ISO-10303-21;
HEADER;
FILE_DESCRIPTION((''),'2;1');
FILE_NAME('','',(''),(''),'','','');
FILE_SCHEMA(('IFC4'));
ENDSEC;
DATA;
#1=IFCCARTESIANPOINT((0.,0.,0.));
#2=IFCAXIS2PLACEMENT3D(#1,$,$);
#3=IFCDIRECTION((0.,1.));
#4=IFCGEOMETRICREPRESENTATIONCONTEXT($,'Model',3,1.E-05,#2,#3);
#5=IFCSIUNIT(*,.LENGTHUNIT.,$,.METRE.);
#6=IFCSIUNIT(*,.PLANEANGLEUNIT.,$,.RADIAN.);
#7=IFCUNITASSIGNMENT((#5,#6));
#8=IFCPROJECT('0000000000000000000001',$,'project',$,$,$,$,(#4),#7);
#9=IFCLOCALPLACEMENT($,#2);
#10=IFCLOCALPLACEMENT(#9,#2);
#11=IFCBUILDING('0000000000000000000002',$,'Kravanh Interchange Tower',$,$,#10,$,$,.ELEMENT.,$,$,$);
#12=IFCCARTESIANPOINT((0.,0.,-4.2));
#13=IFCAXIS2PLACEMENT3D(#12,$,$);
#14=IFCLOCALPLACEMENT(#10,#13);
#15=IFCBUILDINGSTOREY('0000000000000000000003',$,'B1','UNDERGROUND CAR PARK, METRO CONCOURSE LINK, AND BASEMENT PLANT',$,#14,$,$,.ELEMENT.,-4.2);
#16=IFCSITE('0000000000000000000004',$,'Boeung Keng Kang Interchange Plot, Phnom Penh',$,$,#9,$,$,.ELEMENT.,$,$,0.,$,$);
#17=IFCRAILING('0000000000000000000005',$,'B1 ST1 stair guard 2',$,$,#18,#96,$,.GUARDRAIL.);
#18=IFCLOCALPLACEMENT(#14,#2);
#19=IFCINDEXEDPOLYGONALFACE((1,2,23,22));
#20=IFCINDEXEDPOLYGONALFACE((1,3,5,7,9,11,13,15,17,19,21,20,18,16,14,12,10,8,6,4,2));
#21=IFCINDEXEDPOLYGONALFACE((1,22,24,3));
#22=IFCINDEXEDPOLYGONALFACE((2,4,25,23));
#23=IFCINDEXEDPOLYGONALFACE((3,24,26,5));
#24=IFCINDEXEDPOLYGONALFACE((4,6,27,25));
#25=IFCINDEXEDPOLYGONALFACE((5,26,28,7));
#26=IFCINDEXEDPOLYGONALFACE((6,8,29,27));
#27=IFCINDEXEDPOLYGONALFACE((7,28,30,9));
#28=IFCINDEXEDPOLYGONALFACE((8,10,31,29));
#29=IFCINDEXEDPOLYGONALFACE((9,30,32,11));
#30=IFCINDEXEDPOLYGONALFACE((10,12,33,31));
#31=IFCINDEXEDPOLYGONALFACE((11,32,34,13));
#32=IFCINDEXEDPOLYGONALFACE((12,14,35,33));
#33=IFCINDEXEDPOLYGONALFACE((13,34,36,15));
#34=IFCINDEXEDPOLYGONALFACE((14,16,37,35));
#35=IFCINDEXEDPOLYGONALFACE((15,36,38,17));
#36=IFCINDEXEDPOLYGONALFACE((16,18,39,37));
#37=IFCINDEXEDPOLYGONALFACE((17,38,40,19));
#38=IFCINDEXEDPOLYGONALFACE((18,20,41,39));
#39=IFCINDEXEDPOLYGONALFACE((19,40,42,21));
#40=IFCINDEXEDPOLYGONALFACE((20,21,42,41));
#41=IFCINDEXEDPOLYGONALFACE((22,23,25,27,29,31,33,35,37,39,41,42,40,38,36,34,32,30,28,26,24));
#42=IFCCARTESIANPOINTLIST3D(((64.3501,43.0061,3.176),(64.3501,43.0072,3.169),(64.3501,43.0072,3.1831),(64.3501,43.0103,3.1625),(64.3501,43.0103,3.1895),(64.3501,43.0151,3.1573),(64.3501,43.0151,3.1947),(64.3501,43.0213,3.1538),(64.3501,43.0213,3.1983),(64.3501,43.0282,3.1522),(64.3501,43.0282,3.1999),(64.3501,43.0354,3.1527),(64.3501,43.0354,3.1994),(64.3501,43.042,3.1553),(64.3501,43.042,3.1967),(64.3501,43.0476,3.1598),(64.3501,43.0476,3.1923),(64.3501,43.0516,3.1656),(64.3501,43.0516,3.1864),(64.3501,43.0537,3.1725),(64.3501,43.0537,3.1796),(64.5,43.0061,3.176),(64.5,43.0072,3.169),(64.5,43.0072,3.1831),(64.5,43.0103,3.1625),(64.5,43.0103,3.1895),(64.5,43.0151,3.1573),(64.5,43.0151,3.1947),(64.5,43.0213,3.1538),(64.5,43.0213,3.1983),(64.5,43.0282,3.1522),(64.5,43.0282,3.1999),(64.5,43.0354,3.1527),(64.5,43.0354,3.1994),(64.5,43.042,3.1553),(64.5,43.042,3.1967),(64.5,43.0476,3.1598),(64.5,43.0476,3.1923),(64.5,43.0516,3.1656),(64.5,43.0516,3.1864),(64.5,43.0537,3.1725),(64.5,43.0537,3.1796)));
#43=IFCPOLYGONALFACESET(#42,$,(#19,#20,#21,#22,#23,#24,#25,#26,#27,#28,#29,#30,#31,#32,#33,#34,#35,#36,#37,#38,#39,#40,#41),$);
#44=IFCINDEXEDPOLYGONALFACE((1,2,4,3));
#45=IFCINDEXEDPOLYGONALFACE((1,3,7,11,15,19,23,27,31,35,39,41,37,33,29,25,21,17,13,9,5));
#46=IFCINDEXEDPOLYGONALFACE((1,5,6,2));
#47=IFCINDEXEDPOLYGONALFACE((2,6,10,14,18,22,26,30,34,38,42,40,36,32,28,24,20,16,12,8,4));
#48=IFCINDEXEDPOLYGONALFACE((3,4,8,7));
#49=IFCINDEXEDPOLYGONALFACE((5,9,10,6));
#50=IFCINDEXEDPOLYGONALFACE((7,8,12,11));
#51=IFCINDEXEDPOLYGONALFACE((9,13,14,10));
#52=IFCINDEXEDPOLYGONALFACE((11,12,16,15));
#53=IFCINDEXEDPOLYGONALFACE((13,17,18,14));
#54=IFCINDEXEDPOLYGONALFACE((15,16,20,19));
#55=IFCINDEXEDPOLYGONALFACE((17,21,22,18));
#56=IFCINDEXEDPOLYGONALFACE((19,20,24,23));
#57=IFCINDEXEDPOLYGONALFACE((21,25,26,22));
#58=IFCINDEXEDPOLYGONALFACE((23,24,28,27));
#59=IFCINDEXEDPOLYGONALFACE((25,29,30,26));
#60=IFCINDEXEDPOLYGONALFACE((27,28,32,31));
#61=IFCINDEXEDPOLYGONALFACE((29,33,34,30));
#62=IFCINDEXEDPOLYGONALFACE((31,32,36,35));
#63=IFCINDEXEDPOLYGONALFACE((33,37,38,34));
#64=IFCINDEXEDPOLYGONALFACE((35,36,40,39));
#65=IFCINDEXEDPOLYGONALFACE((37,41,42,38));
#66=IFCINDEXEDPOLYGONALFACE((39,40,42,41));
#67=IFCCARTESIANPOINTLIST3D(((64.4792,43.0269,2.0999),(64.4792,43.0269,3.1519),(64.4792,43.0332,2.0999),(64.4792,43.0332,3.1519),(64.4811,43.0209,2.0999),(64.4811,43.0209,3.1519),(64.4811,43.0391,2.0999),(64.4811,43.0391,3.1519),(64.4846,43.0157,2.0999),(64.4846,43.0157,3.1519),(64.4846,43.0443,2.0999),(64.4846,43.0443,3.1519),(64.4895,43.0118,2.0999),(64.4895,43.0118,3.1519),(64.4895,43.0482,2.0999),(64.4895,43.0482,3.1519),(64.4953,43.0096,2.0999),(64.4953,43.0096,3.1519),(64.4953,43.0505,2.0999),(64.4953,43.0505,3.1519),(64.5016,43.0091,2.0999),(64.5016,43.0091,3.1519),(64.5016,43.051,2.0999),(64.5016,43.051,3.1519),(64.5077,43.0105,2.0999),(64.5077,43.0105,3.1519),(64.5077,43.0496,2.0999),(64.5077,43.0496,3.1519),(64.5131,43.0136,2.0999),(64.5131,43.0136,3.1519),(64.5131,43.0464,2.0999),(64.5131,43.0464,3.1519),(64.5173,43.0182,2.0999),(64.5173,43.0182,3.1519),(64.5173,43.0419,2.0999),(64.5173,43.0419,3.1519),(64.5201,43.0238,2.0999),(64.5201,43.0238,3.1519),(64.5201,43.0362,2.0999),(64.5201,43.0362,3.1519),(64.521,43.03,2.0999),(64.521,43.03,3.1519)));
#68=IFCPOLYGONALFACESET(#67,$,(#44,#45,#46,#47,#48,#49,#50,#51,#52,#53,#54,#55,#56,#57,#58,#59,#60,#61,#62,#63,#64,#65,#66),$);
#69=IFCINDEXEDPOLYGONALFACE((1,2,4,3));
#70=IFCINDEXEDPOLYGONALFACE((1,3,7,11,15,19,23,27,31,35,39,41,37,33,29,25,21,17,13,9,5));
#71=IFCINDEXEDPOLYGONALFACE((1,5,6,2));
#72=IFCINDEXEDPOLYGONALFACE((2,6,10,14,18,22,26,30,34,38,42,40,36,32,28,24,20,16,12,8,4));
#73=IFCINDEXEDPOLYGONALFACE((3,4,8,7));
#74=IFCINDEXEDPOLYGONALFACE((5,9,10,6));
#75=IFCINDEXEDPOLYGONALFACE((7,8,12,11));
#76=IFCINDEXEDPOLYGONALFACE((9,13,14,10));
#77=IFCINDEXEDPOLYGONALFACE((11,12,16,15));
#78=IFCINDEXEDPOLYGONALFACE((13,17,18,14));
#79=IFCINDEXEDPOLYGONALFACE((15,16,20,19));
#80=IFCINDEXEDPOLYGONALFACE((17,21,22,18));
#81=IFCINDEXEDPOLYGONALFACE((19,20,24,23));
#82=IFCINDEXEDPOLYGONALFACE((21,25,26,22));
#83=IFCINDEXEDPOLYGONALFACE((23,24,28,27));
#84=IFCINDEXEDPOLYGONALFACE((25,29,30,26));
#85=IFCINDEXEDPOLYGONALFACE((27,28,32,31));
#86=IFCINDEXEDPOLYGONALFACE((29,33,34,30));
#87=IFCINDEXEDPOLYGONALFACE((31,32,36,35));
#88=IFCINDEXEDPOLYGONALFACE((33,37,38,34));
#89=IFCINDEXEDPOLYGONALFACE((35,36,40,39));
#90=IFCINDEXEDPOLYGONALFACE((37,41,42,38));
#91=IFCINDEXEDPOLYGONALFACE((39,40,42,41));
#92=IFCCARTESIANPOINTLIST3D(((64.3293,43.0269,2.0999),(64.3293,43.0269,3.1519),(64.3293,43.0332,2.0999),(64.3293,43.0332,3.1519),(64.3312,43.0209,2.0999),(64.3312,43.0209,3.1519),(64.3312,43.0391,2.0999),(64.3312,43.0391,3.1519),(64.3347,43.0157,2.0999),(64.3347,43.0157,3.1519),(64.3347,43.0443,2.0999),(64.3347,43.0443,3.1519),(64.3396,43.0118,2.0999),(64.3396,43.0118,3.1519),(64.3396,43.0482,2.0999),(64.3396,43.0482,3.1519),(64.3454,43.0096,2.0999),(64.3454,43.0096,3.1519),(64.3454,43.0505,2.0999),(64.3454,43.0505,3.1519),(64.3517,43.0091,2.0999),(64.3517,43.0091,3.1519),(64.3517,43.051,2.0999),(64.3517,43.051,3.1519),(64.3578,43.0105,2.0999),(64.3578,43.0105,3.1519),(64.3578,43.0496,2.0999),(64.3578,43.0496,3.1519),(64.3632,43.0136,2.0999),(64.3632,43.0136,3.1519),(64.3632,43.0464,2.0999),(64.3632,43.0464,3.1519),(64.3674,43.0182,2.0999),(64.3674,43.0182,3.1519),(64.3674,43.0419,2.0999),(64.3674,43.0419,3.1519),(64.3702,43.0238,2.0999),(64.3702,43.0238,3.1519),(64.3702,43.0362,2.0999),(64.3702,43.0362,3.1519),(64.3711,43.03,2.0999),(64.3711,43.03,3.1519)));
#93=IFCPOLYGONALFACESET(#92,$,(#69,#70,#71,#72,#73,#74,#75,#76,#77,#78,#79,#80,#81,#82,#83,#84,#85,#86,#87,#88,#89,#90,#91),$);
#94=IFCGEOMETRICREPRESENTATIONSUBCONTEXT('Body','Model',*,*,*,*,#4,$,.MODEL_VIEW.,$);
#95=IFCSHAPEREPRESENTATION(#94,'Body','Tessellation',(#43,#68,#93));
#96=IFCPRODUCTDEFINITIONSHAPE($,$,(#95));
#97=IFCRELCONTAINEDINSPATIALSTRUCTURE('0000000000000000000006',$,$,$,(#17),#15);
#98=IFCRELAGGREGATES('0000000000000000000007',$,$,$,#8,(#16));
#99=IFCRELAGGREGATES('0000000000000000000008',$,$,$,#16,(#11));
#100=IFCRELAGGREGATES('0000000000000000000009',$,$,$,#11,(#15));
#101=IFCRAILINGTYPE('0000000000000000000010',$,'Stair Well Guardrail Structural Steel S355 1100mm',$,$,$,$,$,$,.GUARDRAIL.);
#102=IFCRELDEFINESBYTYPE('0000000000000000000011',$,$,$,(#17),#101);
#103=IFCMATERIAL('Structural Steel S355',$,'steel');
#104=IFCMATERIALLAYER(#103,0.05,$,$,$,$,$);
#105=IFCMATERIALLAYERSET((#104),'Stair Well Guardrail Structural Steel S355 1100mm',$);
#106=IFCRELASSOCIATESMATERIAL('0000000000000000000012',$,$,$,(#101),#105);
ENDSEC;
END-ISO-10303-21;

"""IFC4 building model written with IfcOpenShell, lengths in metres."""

from ifc_helpers import new_model, si_unit, direction, frame, origin, origin_2d, place, context, subcontext, project, spatial, circle, extrude, material, layer, layer_set, type_object, element, save


model = new_model("IFC4")

# Units and contexts
model_context = context("Model", 3, precision=1e-05, world=origin(), true_north=direction((0.0, 1.0)))
body_context = subcontext(model_context, "Body", "Model", "MODEL_VIEW")
ifc_project = project(units=[si_unit("LENGTHUNIT", "METRE"), si_unit("PLANEANGLEUNIT", "RADIAN")], contexts=[model_context])

# Site, building, storey
site_placement = place(None, origin())
site = spatial("IfcSite", under=ifc_project, at=site_placement, Name="Boeung Keng Kang Interchange Plot, Phnom Penh", CompositionType="ELEMENT", RefElevation=0.0)
building_placement = place(site_placement, origin())
building = spatial("IfcBuilding", under=site, at=building_placement, Name="Kravanh Interchange Tower", CompositionType="ELEMENT")
storey_placement = place(building_placement, frame((0.0, 0.0, -4.2)))
storey = spatial("IfcBuildingStorey", under=building, at=storey_placement, Name="B1", Description="UNDERGROUND CAR PARK, METRO CONCOURSE LINK, AND BASEMENT PLANT", CompositionType="ELEMENT", Elevation=-4.2)

# Railing
ifc_material_1 = material(Name="Structural Steel S355", Category="steel")
ifc_layer_1 = layer(ifc_material_1, 0.05)
ifc_layer_set_1 = layer_set([ifc_layer_1], Name="Stair Well Guardrail Structural Steel S355 1100mm")
railing_type_1 = type_object("IfcRailingType", Name="Stair Well Guardrail Structural Steel S355 1100mm", PredefinedType="GUARDRAIL", material=ifc_layer_set_1)
railing_1_placement = place(storey_placement, frame((64.5, 43.03, 2.0999)))
element("IfcRailing", 1, at=railing_1_placement, inside=storey, type_object=railing_type_1, Name="B1 ST1 stair guard 2", PredefinedType="GUARDRAIL", context=body_context, shape_type="SweptSolid", body=[
    extrude(circle(Radius=0.0239, at=origin_2d()), frame((0.0, 0.0, 1.0762), z_axis=(-1.0, 0.0, 0.0), x_axis=(0.0, -1.0, 0.0)), (0.0, 0.0, 1.0), 0.1499),
    extrude(circle(Radius=0.021, at=origin_2d()), origin(), (0.0, 0.0, 1.0), 1.052),
    extrude(circle(Radius=0.021, at=origin_2d()), frame((-0.1499, 0.0, 0.0)), (0.0, 0.0, 1.0), 1.052),
])

save(model, "model.ifc")
